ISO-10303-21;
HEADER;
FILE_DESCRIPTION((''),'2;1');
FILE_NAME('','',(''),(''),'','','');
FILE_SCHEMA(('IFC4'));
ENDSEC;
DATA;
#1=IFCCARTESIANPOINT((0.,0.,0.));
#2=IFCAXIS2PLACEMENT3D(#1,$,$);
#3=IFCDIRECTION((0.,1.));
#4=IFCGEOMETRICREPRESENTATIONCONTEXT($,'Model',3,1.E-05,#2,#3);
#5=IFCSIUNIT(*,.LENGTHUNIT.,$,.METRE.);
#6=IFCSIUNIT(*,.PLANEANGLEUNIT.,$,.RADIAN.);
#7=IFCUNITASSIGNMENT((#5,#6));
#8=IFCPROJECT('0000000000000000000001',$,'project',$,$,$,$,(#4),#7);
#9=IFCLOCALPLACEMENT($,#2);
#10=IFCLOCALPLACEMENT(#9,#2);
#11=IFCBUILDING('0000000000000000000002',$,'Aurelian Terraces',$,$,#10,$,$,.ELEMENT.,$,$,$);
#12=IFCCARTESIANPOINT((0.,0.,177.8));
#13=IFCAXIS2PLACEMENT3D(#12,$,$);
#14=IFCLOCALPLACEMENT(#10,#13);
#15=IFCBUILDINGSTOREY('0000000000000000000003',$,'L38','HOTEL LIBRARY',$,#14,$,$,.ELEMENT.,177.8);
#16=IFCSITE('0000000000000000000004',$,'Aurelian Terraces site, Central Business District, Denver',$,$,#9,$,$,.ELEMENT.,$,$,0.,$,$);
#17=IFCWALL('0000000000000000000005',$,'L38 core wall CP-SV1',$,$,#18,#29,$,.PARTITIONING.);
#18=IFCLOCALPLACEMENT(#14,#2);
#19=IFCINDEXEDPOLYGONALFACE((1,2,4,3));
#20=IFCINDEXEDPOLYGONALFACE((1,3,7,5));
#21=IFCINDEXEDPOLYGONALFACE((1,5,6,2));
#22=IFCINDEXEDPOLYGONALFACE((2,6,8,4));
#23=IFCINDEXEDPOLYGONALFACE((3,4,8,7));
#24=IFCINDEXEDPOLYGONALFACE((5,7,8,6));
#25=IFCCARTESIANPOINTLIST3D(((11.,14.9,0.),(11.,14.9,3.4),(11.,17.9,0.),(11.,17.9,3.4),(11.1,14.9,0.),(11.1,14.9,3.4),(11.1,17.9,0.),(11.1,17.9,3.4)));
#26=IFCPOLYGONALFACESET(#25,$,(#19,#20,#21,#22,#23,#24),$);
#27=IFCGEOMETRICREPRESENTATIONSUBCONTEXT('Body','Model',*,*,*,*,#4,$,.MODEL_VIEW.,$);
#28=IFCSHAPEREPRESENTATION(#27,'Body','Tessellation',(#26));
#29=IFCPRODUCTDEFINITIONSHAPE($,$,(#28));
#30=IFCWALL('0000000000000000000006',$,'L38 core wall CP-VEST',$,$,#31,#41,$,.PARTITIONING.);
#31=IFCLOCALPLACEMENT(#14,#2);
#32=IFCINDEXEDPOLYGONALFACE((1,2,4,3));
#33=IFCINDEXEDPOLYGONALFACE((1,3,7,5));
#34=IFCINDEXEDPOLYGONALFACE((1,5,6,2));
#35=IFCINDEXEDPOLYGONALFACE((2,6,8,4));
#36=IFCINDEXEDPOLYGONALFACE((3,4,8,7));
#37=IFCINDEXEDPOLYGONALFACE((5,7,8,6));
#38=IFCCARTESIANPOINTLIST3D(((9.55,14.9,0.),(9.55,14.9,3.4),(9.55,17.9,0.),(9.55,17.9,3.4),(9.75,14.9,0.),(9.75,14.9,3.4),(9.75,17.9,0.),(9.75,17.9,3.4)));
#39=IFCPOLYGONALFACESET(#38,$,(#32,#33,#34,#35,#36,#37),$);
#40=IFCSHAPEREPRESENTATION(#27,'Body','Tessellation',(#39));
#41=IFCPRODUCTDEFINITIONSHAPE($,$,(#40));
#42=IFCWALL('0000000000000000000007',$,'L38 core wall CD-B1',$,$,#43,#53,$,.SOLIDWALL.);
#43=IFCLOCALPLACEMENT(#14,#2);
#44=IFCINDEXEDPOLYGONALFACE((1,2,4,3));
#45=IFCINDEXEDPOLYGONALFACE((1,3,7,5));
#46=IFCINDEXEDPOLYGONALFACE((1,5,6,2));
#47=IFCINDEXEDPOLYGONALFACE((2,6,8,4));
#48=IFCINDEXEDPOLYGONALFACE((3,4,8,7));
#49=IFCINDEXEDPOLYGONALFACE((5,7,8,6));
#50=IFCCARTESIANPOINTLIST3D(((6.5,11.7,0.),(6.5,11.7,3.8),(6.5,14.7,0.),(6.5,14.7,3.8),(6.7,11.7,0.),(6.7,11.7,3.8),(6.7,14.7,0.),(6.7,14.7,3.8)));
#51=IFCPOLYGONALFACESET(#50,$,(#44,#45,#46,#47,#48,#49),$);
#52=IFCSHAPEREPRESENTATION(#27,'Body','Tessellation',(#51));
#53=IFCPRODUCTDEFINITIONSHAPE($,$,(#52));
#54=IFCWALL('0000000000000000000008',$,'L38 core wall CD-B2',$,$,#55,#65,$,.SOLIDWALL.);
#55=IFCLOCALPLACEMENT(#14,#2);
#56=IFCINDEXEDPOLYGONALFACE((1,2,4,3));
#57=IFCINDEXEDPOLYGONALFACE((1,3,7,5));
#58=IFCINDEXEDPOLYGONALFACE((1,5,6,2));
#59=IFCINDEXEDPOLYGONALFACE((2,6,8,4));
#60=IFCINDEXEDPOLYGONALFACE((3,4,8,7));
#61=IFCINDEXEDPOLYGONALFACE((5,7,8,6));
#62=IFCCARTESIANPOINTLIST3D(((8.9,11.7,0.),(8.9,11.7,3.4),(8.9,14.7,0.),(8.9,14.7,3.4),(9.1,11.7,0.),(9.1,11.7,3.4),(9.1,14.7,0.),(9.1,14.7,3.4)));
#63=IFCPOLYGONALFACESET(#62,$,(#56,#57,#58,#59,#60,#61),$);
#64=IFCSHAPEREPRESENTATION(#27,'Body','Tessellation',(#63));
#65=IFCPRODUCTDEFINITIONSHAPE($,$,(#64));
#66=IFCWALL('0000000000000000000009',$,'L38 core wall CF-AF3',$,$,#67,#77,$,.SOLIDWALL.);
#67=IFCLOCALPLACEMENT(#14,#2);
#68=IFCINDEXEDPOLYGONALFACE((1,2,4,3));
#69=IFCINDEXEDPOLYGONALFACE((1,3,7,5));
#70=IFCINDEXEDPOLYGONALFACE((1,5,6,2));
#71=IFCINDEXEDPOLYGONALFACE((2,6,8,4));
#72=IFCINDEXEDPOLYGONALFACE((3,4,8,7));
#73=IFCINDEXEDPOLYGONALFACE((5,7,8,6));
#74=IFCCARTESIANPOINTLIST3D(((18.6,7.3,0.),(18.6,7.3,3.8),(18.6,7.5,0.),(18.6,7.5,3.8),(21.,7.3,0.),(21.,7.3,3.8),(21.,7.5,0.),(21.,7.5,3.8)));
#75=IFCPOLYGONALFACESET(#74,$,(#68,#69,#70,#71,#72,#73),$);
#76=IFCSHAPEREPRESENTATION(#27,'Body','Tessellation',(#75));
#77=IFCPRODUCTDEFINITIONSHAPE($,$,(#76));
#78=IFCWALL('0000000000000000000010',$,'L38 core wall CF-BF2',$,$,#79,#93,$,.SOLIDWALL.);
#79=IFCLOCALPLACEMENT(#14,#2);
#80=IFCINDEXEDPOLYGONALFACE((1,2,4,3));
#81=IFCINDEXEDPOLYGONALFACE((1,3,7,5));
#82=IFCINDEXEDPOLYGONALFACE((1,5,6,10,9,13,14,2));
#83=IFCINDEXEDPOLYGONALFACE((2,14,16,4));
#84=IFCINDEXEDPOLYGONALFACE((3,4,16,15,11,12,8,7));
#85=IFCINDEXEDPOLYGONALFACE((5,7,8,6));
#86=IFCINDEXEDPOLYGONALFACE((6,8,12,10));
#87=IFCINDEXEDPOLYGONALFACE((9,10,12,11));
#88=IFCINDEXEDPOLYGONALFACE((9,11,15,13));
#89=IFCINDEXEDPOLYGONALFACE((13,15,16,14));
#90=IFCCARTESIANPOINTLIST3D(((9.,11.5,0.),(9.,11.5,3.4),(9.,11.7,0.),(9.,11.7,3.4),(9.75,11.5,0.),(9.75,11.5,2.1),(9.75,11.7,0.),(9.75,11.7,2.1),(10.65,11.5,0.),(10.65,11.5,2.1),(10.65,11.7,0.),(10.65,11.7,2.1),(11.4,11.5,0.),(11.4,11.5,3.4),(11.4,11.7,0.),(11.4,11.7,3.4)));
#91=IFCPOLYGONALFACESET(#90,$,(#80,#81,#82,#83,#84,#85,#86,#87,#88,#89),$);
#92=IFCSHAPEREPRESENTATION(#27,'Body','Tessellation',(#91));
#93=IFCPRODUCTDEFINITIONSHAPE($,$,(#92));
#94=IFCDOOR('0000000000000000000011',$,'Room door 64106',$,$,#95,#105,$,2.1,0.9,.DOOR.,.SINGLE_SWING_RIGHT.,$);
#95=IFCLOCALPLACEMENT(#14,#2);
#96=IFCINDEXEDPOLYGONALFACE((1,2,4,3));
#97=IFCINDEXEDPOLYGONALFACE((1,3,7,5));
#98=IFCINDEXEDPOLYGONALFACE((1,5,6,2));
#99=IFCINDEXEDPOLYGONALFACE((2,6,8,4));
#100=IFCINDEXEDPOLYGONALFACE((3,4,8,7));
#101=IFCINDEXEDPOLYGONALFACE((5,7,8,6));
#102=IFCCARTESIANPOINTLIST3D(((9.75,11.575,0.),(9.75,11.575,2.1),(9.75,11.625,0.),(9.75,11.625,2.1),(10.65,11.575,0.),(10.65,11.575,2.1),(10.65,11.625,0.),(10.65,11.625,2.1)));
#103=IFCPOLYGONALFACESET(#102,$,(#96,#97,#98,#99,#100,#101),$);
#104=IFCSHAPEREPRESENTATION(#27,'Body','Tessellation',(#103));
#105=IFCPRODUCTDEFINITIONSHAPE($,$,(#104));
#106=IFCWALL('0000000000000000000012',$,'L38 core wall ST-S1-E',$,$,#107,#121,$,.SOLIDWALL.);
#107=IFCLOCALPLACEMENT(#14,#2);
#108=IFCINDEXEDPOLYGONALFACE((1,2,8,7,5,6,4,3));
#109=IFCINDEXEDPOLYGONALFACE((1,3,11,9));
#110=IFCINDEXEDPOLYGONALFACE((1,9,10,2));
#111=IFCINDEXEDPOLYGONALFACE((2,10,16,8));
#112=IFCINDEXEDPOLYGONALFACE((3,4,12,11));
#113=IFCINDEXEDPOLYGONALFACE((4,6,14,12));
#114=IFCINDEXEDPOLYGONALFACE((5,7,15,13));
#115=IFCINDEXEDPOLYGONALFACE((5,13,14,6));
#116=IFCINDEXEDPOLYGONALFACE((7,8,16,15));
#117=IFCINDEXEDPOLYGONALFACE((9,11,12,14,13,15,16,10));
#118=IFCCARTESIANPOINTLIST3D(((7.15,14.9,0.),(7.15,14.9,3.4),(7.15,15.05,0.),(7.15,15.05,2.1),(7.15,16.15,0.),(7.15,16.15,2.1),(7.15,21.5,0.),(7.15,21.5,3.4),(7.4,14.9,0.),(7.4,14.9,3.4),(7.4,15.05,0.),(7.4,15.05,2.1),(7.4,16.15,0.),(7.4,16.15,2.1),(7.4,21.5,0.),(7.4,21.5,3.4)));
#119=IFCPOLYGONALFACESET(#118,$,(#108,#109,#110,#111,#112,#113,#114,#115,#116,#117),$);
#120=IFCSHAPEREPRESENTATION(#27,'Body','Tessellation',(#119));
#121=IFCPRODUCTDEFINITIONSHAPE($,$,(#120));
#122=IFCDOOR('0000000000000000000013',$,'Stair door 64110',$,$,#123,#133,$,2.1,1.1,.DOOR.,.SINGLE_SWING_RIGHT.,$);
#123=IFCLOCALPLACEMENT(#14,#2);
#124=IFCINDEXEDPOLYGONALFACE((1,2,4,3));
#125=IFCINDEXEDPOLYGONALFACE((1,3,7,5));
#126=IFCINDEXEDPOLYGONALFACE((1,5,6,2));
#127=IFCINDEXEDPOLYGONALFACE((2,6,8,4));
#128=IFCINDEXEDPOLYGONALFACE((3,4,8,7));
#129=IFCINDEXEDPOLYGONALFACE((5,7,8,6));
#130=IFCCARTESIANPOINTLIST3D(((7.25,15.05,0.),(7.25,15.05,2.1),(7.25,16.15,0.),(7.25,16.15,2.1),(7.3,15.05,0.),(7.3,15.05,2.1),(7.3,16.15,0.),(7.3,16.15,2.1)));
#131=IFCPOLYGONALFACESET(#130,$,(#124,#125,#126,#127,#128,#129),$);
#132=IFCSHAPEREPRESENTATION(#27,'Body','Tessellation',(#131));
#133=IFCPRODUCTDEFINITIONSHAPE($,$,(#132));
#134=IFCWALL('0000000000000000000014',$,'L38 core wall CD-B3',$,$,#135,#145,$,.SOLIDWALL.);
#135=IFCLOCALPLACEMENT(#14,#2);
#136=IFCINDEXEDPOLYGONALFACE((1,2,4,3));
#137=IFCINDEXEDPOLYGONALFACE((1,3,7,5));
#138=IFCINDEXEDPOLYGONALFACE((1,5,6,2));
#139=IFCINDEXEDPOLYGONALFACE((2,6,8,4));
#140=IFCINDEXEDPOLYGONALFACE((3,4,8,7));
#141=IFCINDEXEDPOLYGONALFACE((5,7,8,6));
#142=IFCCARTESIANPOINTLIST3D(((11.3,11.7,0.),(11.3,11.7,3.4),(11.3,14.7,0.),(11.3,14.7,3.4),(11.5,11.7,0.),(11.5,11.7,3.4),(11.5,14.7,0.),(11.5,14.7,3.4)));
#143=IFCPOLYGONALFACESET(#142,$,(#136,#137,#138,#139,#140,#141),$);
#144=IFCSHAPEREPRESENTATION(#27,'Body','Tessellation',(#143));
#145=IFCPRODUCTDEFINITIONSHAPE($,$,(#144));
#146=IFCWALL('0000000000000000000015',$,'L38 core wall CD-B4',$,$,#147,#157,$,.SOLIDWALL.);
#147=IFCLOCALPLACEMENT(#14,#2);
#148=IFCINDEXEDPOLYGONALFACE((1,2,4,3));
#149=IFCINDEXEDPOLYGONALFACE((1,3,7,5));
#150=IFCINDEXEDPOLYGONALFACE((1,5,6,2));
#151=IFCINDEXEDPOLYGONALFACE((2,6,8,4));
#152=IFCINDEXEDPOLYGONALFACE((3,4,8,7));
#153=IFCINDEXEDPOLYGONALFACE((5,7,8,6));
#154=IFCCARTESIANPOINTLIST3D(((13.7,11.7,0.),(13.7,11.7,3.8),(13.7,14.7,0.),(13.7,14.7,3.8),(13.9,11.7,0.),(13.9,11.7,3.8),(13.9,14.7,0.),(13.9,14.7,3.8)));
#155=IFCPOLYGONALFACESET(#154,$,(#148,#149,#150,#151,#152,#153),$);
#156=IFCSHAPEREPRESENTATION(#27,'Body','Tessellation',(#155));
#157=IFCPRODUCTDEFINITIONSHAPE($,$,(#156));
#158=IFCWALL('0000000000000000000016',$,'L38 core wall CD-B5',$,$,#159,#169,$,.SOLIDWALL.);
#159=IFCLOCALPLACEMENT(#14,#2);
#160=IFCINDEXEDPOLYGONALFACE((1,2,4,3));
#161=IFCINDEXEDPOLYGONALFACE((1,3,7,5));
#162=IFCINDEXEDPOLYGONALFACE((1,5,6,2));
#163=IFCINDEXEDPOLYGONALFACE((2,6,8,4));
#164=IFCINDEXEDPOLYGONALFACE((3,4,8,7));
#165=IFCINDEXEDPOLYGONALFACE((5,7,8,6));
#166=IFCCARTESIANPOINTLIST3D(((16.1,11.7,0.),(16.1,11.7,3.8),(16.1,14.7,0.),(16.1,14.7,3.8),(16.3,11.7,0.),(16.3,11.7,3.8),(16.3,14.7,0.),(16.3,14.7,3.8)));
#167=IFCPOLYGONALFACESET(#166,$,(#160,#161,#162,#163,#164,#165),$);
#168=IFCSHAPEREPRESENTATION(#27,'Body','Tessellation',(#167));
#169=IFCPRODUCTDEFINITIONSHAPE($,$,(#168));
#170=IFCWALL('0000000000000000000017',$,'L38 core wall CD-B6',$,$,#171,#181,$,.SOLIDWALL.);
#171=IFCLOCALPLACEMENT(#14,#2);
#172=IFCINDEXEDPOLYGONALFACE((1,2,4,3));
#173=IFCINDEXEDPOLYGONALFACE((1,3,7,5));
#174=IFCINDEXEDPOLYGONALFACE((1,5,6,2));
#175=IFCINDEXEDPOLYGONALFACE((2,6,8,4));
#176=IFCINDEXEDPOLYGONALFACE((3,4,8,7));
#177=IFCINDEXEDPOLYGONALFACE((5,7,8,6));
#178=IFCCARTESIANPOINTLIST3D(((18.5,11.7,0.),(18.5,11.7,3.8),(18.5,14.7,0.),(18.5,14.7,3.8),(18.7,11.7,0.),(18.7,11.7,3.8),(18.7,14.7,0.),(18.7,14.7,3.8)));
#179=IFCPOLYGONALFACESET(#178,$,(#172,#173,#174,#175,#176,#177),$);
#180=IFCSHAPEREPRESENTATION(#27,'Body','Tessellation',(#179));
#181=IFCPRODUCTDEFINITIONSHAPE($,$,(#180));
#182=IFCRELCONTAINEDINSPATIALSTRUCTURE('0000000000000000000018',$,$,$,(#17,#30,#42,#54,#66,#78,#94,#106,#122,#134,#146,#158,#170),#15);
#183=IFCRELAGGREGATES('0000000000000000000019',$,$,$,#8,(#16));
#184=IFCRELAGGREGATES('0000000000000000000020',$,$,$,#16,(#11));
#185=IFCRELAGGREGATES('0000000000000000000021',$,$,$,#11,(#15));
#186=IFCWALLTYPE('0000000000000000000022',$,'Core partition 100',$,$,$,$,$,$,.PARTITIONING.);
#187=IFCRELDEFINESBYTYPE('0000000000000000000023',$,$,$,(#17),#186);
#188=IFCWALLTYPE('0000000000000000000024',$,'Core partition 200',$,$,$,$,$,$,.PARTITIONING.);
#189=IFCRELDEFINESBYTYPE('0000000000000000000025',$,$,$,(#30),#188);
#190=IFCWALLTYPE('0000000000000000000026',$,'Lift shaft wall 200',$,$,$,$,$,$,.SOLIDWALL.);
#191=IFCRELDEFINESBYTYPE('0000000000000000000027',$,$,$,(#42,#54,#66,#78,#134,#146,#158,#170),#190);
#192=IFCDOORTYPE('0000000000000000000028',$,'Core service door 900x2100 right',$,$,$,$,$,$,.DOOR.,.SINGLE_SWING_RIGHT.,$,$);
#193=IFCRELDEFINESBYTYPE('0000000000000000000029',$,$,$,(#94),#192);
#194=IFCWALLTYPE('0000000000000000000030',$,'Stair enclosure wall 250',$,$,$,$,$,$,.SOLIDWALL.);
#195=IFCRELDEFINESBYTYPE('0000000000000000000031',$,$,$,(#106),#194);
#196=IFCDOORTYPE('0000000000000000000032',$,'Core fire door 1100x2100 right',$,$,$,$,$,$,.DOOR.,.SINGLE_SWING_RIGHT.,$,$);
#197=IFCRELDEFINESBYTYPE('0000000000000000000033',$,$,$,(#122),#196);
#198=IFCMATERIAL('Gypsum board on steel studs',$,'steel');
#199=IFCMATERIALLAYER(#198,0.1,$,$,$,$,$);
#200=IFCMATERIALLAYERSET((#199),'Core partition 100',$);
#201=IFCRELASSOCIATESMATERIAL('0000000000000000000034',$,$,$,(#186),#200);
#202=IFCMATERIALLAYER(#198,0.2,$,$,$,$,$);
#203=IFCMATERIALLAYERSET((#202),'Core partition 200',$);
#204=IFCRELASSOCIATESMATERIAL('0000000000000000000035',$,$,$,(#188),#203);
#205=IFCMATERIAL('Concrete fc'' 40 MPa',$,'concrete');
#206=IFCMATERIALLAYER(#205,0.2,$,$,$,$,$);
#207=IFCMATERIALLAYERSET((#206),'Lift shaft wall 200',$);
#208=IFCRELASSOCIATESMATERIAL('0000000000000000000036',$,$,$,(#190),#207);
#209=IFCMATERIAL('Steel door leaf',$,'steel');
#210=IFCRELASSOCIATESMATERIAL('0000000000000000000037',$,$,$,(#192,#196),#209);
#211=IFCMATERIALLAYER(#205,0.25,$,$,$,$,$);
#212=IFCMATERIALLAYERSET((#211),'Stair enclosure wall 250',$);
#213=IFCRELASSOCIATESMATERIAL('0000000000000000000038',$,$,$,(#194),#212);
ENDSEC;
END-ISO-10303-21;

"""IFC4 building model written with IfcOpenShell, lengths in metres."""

from ifc_helpers import new_model, si_unit, direction, frame, frame_2d, origin, place, context, subcontext, project, spatial, rectangle, extrude, source, transform, mapped, material, layer, layer_set, type_object, element, fill, save


model = new_model("IFC4")

# Units and contexts
model_context = context("Model", 3, precision=1e-05, world=origin(), true_north=direction((0.0, 1.0)))
body_context = subcontext(model_context, "Body", "Model", "MODEL_VIEW")
ifc_project = project(units=[si_unit("LENGTHUNIT", "METRE"), si_unit("PLANEANGLEUNIT", "RADIAN")], contexts=[model_context])

# Site, building, storey
site_placement = place(None, origin())
site = spatial("IfcSite", under=ifc_project, at=site_placement, Name="Aurelian Terraces site, Central Business District, Denver", CompositionType="ELEMENT", RefElevation=0.0)
building_placement = place(site_placement, origin())
building = spatial("IfcBuilding", under=site, at=building_placement, Name="Aurelian Terraces", CompositionType="ELEMENT")
storey_placement = place(building_placement, frame((0.0, 0.0, 177.8)))
storey = spatial("IfcBuildingStorey", under=building, at=storey_placement, Name="L38", Description="HOTEL LIBRARY", CompositionType="ELEMENT", Elevation=177.8)

# Walls
ifc_material_1 = material(Name="Gypsum board on steel studs", Category="steel")
ifc_layer_1 = layer(ifc_material_1, 0.1)
ifc_layer_set_1 = layer_set([ifc_layer_1], Name="Core partition 100")
wall_type_1 = type_object("IfcWallType", Name="Core partition 100", PredefinedType="PARTITIONING", material=ifc_layer_set_1)
wall_1_placement = place(storey_placement, frame((11.05, 14.9, 0.0), z_axis=(0.0, 0.0, 1.0), x_axis=(0.0, 1.0, 0.0)))
element("IfcWall", 1, at=wall_1_placement, inside=storey, type_object=wall_type_1, Name="L38 core wall CP-SV1", PredefinedType="PARTITIONING", context=body_context, shape_type="SweptSolid", body=[
    extrude(rectangle(XDim=3.0, YDim=0.1, at=frame_2d((1.5, 0.0))), origin(), (0.0, 0.0, 1.0), 3.4),
])
ifc_layer_2 = layer(ifc_material_1, 0.2)
ifc_layer_set_2 = layer_set([ifc_layer_2], Name="Core partition 200")
wall_type_2 = type_object("IfcWallType", Name="Core partition 200", PredefinedType="PARTITIONING", material=ifc_layer_set_2)
wall_2_placement = place(storey_placement, frame((9.65, 14.9, 0.0), z_axis=(0.0, 0.0, 1.0), x_axis=(0.0, 1.0, 0.0)))
element("IfcWall", 2, at=wall_2_placement, inside=storey, type_object=wall_type_2, Name="L38 core wall CP-VEST", PredefinedType="PARTITIONING", context=body_context, shape_type="SweptSolid", body=[
    extrude(rectangle(XDim=3.0, YDim=0.2, at=frame_2d((1.5, 0.0))), origin(), (0.0, 0.0, 1.0), 3.4),
])
ifc_material_2 = material(Name="Concrete fc' 40 MPa", Category="concrete")
ifc_layer_3 = layer(ifc_material_2, 0.2)
ifc_layer_set_3 = layer_set([ifc_layer_3], Name="Lift shaft wall 200")
wall_type_3 = type_object("IfcWallType", Name="Lift shaft wall 200", PredefinedType="SOLIDWALL", material=ifc_layer_set_3)
wall_3_placement = place(storey_placement, frame((6.6, 11.7, 0.0), z_axis=(0.0, 0.0, 1.0), x_axis=(0.0, 1.0, 0.0)))
element("IfcWall", 3, at=wall_3_placement, inside=storey, type_object=wall_type_3, Name="L38 core wall CD-B1", PredefinedType="SOLIDWALL", context=body_context, shape_type="SweptSolid", body=[
    extrude(rectangle(XDim=3.0, YDim=0.2, at=frame_2d((1.5, 0.0))), origin(), (0.0, 0.0, 1.0), 3.8),
])
wall_4_placement = place(storey_placement, frame((9.0, 11.7, 0.0), z_axis=(0.0, 0.0, 1.0), x_axis=(0.0, 1.0, 0.0)))
element("IfcWall", 4, at=wall_4_placement, inside=storey, type_object=wall_type_3, Name="L38 core wall CD-B2", PredefinedType="SOLIDWALL", context=body_context, shape_type="SweptSolid", body=[
    extrude(rectangle(XDim=3.0, YDim=0.2, at=frame_2d((1.5, 0.0))), origin(), (0.0, 0.0, 1.0), 3.4),
])
wall_5_placement = place(storey_placement, frame((18.6, 7.4, 0.0), z_axis=(0.0, 0.0, 1.0), x_axis=(1.0, 0.0, 0.0)))
element("IfcWall", 5, at=wall_5_placement, inside=storey, type_object=wall_type_3, Name="L38 core wall CF-AF3", PredefinedType="SOLIDWALL", context=body_context, shape_type="SweptSolid", body=[
    extrude(rectangle(XDim=2.4, YDim=0.2, at=frame_2d((1.2, 0.0))), origin(), (0.0, 0.0, 1.0), 3.8),
])

# Walls, openings, doors
wall_6_placement = place(storey_placement, frame((9.0, 11.6, 0.0), z_axis=(0.0, 0.0, 1.0), x_axis=(1.0, 0.0, 0.0)))
wall_6 = element("IfcWall", 6, at=wall_6_placement, inside=storey, type_object=wall_type_3, Name="L38 core wall CF-BF2", PredefinedType="SOLIDWALL", context=body_context, shape_type="SweptSolid", body=[
    extrude(rectangle(XDim=2.4, YDim=0.2, at=frame_2d((1.2, 0.0))), origin(), (0.0, 0.0, 1.0), 3.4),
])
shared_shape_1 = source(origin(), body_context, "Body", "SweptSolid", [
    extrude(rectangle(XDim=0.9, YDim=2.1, at=frame_2d((0.45, 1.05))), frame((0.0, 0.11, 0.0), z_axis=(0.0, -1.0, 0.0), x_axis=(1.0, 0.0, 0.0)), (0.0, 0.0, 1.0), 0.22),
])
opening_1_placement = place(wall_6_placement, frame((0.75, 0.0, 0.0)))
opening_1 = element("IfcOpeningElement", 7, at=opening_1_placement, cuts=wall_6, PredefinedType="OPENING", context=body_context, shape_type="MappedRepresentation", body=[
    mapped(shared_shape_1, transform((0.0, 0.0, 0.0), scale=1.0)),
])
ifc_material_3 = material(Name="Steel door leaf", Category="steel")
door_type_1 = type_object("IfcDoorType", Name="Core service door 900x2100 right", OperationType="SINGLE_SWING_RIGHT", PredefinedType="DOOR", material=ifc_material_3)
shared_shape_2 = source(origin(), body_context, "Body", "SweptSolid", [
    extrude(rectangle(XDim=0.9, YDim=2.1, at=frame_2d((0.45, 1.05))), frame((0.0, 0.025, 0.0), z_axis=(0.0, -1.0, 0.0), x_axis=(1.0, 0.0, 0.0)), (0.0, 0.0, 1.0), 0.05),
])
door_1_placement = place(opening_1_placement, origin())
door_1 = element("IfcDoor", 8, at=door_1_placement, inside=storey, type_object=door_type_1, Name="Room door 64106", OperationType="SINGLE_SWING_RIGHT", OverallHeight=2.1, OverallWidth=0.9, PredefinedType="DOOR", context=body_context, shape_type="MappedRepresentation", body=[
    mapped(shared_shape_2, transform((0.0, 0.0, 0.0), scale=1.0)),
])
fill(opening_1, door_1)
ifc_layer_4 = layer(ifc_material_2, 0.25)
ifc_layer_set_4 = layer_set([ifc_layer_4], Name="Stair enclosure wall 250")
wall_type_4 = type_object("IfcWallType", Name="Stair enclosure wall 250", PredefinedType="SOLIDWALL", material=ifc_layer_set_4)
wall_7_placement = place(storey_placement, frame((7.275, 14.9, 0.0), z_axis=(0.0, 0.0, 1.0), x_axis=(0.0, 1.0, 0.0)))
wall_7 = element("IfcWall", 9, at=wall_7_placement, inside=storey, type_object=wall_type_4, Name="L38 core wall ST-S1-E", PredefinedType="SOLIDWALL", context=body_context, shape_type="SweptSolid", body=[
    extrude(rectangle(XDim=6.6, YDim=0.25, at=frame_2d((3.3, 0.0))), origin(), (0.0, 0.0, 1.0), 3.4),
])
shared_shape_3 = source(origin(), body_context, "Body", "SweptSolid", [
    extrude(rectangle(XDim=1.1, YDim=2.1, at=frame_2d((0.55, 1.05))), frame((0.0, 0.135, 0.0), z_axis=(0.0, -1.0, 0.0), x_axis=(1.0, 0.0, 0.0)), (0.0, 0.0, 1.0), 0.27),
])
opening_2_placement = place(wall_7_placement, frame((0.15, 0.0, 0.0)))
opening_2 = element("IfcOpeningElement", 10, at=opening_2_placement, cuts=wall_7, PredefinedType="OPENING", context=body_context, shape_type="MappedRepresentation", body=[
    mapped(shared_shape_3, transform((0.0, 0.0, 0.0), scale=1.0)),
])
door_type_2 = type_object("IfcDoorType", Name="Core fire door 1100x2100 right", OperationType="SINGLE_SWING_RIGHT", PredefinedType="DOOR", material=ifc_material_3)
shared_shape_4 = source(origin(), body_context, "Body", "SweptSolid", [
    extrude(rectangle(XDim=1.1, YDim=2.1, at=frame_2d((0.55, 1.05))), frame((0.0, 0.025, 0.0), z_axis=(0.0, -1.0, 0.0), x_axis=(1.0, 0.0, 0.0)), (0.0, 0.0, 1.0), 0.05),
])
door_2_placement = place(opening_2_placement, origin())
door_2 = element("IfcDoor", 11, at=door_2_placement, inside=storey, type_object=door_type_2, Name="Stair door 64110", OperationType="SINGLE_SWING_RIGHT", OverallHeight=2.1, OverallWidth=1.1, PredefinedType="DOOR", context=body_context, shape_type="MappedRepresentation", body=[
    mapped(shared_shape_4, transform((0.0, 0.0, 0.0), scale=1.0)),
])
fill(opening_2, door_2)

# Walls
shared_shape_5 = source(origin(), body_context, "Body", "SweptSolid", [
    extrude(rectangle(XDim=3.0, YDim=0.2, at=frame_2d((1.5, 0.0))), origin(), (0.0, 0.0, 1.0), 3.4),
])
wall_8_placement = place(storey_placement, frame((11.4, 11.7, 0.0), z_axis=(0.0, 0.0, 1.0), x_axis=(0.0, 1.0, 0.0)))
element("IfcWall", 12, at=wall_8_placement, inside=storey, type_object=wall_type_3, Name="L38 core wall CD-B3", PredefinedType="SOLIDWALL", context=body_context, shape_type="MappedRepresentation", body=[
    mapped(shared_shape_5, transform((0.0, 0.0, 0.0), scale=1.0)),
])
shared_shape_6 = source(origin(), body_context, "Body", "SweptSolid", [
    extrude(rectangle(XDim=3.0, YDim=0.2, at=frame_2d((1.5, 0.0))), origin(), (0.0, 0.0, 1.0), 3.8),
])
for number, where, z_axis, x_axis, name in (
    (13, (13.8, 11.7, 0.0), (0.0, 0.0, 1.0), (0.0, 1.0, 0.0), "L38 core wall CD-B4"),
    (14, (16.2, 11.7, 0.0), (0.0, 0.0, 1.0), (0.0, 1.0, 0.0), "L38 core wall CD-B5"),
    (15, (18.6, 11.7, 0.0), (0.0, 0.0, 1.0), (0.0, 1.0, 0.0), "L38 core wall CD-B6"),
):
    element("IfcWall", number, at=place(storey_placement, frame(where, z_axis=z_axis, x_axis=x_axis)), inside=storey, type_object=wall_type_3, Name=name, PredefinedType="SOLIDWALL", context=body_context, shape_type="MappedRepresentation", body=[
        mapped(shared_shape_6, transform((0.0, 0.0, 0.0), scale=1.0)),
    ])

save(model, "model.ifc")
